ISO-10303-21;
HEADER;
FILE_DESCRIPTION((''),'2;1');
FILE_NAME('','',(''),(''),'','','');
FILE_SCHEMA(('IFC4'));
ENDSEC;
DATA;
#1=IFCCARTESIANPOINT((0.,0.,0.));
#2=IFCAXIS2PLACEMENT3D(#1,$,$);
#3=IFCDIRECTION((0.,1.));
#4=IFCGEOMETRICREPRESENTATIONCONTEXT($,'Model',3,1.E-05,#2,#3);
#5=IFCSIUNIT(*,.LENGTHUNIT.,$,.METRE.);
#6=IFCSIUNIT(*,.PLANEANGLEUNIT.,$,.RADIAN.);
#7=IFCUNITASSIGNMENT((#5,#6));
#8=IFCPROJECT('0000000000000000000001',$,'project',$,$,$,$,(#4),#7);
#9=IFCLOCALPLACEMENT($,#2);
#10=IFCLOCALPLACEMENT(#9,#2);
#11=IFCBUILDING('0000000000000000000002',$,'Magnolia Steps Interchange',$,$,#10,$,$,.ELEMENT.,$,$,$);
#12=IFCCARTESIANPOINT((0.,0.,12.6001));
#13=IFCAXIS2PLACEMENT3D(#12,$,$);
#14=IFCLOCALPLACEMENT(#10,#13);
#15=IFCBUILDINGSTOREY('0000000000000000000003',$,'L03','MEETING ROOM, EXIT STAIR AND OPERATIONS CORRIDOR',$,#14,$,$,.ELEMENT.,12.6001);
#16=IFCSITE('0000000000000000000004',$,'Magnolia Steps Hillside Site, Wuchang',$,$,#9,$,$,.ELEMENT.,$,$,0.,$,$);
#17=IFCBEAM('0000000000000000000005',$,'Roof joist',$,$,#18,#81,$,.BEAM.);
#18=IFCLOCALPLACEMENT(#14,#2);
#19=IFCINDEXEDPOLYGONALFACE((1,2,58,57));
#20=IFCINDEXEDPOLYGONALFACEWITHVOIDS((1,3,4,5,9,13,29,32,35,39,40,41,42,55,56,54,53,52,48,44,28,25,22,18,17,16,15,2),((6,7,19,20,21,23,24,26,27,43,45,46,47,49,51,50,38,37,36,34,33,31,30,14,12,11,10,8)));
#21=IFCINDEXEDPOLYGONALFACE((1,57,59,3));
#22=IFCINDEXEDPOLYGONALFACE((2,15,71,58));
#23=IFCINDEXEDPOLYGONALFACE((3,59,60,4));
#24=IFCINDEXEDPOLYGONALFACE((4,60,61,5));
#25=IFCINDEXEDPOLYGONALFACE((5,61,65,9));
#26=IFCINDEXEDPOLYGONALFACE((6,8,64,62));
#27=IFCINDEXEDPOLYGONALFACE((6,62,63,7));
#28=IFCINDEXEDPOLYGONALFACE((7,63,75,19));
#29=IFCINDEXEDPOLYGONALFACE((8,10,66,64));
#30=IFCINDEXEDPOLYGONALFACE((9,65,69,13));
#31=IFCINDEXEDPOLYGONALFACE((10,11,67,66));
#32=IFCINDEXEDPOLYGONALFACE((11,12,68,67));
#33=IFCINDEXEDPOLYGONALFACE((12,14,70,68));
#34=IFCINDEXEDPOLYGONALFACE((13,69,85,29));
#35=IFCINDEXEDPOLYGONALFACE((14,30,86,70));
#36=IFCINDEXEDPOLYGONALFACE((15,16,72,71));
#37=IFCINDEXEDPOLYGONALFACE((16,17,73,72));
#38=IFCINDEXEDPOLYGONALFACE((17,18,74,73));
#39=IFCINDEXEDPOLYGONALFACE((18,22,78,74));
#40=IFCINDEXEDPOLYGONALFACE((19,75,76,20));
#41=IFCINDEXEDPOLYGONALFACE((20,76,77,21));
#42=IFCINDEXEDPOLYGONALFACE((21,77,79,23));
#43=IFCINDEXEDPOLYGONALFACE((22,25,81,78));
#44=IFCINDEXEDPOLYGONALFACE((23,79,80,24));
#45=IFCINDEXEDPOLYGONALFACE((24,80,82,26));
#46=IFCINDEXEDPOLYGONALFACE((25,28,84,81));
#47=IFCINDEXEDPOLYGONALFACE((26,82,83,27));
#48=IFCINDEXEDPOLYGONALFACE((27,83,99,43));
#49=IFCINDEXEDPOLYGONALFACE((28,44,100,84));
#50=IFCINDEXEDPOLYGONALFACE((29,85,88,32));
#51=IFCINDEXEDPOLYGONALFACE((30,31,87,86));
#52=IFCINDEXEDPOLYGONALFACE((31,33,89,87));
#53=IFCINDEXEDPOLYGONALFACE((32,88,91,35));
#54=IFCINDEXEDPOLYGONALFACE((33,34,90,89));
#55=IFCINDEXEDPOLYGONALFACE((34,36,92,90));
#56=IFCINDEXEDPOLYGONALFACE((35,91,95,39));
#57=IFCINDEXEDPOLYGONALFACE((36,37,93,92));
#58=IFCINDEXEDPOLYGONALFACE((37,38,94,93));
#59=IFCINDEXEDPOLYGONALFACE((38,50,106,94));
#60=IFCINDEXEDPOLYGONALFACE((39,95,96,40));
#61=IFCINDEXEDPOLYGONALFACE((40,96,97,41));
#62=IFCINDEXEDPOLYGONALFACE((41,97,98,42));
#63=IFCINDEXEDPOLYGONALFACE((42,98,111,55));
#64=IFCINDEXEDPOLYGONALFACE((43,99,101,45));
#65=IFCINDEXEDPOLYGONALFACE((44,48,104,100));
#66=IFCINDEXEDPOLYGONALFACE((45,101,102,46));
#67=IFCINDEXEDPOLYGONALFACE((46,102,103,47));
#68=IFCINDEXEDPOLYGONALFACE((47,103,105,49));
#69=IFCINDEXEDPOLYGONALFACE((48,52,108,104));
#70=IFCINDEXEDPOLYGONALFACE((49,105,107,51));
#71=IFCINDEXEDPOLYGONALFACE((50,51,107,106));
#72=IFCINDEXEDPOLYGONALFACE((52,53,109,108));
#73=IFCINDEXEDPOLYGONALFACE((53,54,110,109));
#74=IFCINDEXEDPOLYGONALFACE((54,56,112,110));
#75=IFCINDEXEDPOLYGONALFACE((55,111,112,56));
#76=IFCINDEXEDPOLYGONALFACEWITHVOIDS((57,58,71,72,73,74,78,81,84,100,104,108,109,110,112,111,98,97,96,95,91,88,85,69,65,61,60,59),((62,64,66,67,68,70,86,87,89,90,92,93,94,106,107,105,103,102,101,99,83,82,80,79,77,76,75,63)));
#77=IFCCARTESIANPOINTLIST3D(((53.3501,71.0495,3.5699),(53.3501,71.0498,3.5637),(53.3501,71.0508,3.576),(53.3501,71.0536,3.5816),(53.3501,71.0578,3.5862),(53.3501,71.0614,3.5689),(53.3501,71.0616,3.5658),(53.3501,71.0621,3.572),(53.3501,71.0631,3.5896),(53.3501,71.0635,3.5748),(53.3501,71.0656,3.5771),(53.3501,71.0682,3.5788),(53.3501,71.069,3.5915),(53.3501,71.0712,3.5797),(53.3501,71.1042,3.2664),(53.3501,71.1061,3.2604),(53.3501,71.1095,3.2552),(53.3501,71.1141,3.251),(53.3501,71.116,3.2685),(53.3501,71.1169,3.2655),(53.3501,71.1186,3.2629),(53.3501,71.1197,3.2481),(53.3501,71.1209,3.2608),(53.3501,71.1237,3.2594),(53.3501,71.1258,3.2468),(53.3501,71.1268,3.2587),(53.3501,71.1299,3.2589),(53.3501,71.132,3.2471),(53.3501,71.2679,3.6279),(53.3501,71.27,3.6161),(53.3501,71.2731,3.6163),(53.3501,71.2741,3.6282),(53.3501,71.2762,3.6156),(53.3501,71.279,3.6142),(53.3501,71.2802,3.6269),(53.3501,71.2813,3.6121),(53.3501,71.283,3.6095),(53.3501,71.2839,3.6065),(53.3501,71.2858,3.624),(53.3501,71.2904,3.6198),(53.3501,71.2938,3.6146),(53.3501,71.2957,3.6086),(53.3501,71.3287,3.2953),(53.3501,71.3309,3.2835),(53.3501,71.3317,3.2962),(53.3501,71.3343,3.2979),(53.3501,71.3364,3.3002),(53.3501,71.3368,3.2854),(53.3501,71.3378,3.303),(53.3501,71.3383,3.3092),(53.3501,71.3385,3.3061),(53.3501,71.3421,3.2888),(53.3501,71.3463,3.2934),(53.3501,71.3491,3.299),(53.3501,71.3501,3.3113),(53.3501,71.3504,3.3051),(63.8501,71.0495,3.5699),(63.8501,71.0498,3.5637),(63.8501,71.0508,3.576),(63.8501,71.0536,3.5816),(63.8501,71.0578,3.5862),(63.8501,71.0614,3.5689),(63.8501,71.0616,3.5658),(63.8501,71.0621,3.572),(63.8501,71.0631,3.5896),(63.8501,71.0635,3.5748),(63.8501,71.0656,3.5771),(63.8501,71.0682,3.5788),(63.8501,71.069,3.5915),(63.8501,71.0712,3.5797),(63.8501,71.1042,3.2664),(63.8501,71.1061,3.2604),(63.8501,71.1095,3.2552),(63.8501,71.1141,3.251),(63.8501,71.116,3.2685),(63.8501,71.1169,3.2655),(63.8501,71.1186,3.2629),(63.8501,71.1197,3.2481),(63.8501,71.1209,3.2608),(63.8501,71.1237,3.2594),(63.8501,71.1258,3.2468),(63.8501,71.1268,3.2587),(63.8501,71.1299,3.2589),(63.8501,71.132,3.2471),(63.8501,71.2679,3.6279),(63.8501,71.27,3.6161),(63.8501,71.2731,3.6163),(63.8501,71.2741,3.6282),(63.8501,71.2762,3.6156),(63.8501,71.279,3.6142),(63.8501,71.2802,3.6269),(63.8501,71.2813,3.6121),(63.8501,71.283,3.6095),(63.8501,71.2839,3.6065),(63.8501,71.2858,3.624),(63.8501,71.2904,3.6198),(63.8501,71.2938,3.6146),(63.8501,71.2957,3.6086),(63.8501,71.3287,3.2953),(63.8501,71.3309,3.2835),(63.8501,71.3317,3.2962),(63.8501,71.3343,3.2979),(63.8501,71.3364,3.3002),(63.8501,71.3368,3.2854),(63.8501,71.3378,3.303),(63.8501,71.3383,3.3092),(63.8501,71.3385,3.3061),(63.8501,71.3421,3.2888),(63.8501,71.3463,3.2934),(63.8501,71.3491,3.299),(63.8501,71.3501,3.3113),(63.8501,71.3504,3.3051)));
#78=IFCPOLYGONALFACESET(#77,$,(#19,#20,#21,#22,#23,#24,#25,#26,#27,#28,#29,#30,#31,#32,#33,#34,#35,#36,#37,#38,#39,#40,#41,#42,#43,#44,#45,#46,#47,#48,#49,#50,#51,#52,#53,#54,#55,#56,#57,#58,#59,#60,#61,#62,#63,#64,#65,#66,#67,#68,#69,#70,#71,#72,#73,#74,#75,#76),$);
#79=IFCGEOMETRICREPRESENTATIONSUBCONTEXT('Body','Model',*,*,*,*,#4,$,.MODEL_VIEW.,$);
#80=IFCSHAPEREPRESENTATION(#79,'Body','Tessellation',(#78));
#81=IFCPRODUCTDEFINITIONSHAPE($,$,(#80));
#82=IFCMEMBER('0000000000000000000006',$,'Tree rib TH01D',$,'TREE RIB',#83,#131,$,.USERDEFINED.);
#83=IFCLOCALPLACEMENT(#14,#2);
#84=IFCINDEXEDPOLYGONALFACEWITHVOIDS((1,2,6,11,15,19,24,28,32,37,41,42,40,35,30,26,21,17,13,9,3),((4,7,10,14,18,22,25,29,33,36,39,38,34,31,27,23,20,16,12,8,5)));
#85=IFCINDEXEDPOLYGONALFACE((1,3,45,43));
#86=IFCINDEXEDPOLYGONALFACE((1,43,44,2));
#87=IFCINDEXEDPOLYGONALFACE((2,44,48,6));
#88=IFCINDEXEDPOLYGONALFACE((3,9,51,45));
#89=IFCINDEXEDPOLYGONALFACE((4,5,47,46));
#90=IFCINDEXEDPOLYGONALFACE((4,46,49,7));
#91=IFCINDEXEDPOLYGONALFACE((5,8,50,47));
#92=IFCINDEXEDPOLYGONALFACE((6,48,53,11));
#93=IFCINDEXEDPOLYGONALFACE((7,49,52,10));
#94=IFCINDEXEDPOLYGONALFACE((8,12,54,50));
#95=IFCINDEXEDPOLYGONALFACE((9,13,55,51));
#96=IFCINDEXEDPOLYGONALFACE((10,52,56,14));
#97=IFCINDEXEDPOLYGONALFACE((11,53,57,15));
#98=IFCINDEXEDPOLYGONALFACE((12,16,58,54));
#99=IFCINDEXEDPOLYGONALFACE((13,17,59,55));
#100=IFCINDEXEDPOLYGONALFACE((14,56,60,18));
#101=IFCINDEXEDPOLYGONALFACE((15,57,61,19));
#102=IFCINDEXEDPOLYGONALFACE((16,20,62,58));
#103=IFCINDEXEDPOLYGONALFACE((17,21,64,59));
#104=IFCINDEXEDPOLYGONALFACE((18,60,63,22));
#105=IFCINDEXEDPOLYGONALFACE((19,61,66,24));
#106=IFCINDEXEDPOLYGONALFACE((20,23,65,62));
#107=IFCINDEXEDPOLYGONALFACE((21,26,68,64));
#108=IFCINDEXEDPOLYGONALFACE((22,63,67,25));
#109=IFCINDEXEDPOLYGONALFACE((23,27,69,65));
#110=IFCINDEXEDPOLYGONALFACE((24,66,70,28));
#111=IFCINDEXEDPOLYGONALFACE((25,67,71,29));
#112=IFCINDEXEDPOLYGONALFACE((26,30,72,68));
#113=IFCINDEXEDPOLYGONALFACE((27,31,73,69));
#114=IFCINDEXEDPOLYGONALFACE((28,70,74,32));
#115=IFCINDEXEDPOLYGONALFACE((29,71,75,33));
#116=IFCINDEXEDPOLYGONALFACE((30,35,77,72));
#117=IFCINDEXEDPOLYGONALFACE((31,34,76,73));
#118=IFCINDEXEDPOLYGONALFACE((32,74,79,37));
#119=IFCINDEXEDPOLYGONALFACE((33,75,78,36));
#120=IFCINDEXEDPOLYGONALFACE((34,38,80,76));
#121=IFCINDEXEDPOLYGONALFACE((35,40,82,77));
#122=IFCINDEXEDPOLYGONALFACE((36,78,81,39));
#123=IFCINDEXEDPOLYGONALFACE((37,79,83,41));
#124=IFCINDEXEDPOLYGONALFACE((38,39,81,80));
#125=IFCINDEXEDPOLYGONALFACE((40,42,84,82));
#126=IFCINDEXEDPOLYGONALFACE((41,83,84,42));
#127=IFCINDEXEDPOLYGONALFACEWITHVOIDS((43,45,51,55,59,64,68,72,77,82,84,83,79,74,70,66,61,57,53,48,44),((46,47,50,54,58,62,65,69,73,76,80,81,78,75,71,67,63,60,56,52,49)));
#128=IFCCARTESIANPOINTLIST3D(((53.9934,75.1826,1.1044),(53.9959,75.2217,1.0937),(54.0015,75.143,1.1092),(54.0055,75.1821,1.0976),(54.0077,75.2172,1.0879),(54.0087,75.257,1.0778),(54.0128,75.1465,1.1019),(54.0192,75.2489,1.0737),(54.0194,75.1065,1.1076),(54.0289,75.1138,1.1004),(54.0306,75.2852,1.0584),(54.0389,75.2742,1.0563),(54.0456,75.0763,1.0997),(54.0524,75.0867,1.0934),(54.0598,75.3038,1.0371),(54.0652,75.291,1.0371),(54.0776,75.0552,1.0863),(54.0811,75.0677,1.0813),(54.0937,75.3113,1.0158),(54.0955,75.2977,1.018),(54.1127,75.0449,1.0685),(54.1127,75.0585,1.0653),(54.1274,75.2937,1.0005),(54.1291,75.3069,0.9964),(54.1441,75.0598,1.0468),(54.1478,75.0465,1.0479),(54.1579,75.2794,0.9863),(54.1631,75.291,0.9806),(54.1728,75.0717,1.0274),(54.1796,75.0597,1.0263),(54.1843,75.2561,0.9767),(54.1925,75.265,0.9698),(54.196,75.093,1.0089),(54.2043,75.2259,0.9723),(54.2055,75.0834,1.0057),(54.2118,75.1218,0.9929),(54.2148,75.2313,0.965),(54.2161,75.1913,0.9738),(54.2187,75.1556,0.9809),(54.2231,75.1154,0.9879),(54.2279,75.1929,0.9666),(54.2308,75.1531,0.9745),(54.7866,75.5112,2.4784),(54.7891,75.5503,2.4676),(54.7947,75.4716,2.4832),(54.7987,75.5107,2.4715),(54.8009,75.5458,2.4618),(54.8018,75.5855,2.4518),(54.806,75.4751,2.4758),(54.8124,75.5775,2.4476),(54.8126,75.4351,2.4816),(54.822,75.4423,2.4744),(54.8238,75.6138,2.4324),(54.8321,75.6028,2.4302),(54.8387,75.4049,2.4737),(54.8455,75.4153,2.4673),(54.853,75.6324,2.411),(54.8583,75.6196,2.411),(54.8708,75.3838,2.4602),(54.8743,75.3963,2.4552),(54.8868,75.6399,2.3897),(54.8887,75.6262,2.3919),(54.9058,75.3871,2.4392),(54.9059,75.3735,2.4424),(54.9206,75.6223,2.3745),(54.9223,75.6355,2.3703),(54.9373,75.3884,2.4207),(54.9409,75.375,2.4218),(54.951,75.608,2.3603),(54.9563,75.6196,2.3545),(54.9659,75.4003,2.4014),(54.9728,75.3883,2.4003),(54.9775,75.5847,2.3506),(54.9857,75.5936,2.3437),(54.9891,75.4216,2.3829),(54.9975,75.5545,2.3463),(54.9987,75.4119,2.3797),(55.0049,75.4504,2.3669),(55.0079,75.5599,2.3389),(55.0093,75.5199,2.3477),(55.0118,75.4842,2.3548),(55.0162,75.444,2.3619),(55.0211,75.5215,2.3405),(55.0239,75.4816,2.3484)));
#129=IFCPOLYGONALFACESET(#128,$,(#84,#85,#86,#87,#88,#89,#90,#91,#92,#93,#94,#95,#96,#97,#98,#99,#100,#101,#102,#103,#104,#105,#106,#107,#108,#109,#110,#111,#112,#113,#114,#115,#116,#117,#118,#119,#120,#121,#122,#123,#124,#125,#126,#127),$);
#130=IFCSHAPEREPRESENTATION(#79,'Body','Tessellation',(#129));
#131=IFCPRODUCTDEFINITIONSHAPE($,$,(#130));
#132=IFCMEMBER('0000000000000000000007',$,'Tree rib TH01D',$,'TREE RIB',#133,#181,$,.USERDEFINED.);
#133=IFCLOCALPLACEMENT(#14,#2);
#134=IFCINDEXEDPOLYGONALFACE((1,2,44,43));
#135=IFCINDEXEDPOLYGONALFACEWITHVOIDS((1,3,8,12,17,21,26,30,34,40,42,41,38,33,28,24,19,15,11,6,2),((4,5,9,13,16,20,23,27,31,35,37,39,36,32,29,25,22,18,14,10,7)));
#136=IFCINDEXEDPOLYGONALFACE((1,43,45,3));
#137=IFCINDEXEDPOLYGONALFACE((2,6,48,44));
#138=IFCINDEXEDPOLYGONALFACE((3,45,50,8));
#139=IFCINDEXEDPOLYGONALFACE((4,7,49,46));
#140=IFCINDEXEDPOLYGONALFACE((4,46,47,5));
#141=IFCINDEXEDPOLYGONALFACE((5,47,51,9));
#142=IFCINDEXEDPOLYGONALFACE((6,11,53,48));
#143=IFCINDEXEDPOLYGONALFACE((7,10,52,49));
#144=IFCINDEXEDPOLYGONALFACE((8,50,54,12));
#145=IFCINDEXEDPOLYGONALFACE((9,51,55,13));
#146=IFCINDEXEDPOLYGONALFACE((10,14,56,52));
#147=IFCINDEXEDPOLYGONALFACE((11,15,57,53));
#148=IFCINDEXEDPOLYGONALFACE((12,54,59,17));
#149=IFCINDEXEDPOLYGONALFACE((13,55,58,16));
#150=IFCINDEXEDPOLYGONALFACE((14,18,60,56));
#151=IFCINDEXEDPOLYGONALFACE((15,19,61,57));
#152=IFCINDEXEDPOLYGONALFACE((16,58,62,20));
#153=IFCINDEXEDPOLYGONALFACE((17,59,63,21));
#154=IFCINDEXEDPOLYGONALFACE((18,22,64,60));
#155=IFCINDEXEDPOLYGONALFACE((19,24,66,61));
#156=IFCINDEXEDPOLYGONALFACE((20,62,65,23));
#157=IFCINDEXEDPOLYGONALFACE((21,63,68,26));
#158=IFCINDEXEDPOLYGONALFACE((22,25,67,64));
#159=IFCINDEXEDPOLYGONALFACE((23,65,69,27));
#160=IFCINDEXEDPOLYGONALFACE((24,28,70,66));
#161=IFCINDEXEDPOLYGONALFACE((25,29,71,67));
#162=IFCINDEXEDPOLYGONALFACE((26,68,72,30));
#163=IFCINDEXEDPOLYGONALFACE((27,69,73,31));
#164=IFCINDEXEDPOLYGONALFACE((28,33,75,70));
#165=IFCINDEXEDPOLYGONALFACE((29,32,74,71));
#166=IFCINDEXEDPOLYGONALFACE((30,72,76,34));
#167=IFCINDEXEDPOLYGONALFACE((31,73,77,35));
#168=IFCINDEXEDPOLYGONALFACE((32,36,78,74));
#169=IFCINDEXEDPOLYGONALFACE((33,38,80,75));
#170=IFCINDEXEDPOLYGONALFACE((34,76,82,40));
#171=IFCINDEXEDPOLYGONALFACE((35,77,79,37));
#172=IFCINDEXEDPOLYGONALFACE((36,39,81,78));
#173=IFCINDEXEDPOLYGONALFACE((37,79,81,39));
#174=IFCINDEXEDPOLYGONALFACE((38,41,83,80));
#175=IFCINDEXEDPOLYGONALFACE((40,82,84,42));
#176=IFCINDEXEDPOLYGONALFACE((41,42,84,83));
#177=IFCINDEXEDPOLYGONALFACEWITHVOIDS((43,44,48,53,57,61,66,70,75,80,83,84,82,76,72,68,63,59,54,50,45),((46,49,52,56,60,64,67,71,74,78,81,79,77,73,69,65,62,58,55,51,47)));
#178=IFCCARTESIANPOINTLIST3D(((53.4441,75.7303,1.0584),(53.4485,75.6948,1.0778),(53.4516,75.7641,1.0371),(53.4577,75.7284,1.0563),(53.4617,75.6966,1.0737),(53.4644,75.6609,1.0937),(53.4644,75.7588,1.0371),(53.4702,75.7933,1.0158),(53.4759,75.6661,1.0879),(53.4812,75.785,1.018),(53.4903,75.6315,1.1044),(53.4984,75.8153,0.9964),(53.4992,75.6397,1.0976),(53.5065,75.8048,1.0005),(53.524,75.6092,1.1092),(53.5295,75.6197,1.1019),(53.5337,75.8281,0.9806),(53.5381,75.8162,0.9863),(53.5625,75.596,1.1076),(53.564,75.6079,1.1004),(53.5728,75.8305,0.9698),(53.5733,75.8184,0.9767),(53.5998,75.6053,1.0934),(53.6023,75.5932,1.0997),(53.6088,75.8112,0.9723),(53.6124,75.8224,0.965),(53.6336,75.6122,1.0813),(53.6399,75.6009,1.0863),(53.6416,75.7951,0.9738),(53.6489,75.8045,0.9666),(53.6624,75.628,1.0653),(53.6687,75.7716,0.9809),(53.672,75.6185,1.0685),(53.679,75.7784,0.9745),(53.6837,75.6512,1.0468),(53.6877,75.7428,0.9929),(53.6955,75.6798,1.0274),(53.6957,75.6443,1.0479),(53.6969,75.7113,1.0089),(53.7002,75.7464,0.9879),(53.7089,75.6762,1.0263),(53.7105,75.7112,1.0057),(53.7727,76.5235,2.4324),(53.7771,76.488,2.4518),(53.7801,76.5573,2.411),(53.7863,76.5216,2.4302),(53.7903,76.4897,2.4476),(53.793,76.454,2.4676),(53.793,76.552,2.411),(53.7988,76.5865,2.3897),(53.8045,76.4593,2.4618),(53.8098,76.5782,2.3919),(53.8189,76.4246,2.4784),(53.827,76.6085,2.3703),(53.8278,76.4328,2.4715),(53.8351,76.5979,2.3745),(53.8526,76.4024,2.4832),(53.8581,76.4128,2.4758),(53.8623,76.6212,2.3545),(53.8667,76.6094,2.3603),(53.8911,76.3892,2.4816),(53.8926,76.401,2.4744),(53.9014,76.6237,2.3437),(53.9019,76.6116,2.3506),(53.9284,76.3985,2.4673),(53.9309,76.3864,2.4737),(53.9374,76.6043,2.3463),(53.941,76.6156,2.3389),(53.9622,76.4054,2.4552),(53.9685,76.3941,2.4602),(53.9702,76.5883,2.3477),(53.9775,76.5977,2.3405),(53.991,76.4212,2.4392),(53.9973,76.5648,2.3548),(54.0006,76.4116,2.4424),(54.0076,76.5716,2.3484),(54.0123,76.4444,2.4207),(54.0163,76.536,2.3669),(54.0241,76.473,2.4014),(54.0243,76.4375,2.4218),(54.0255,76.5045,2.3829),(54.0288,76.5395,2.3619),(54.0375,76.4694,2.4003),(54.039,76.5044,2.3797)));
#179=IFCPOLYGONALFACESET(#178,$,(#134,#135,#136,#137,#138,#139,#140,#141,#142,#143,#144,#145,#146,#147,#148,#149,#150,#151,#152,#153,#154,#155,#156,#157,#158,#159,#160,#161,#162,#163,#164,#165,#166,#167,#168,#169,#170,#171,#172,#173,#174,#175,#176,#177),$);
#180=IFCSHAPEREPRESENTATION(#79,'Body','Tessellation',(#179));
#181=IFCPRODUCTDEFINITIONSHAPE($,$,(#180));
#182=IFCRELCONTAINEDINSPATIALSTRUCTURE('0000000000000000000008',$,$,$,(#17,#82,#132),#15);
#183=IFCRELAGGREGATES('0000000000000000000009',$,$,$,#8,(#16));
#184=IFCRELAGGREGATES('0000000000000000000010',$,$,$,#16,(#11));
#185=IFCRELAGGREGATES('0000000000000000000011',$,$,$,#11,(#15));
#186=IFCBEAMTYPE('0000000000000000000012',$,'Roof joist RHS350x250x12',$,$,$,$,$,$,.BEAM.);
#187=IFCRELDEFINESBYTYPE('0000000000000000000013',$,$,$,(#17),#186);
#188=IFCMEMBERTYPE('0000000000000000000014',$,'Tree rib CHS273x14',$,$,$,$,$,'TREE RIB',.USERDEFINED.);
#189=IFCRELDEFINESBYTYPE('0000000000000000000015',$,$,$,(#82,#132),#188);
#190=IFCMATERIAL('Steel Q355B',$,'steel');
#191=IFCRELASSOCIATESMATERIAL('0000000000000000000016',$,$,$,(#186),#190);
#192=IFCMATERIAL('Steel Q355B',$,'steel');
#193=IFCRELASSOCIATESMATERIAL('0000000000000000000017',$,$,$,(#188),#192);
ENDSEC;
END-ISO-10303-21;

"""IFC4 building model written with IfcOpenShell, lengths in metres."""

from ifc_helpers import new_model, si_unit, direction, frame, origin, origin_2d, place, context, subcontext, project, spatial, hollow_rectangle, hollow_circle, extrude, material, material_profile, profile_set, type_object, element, save


model = new_model("IFC4")

# Units and contexts
model_context = context("Model", 3, precision=1e-05, world=origin(), true_north=direction((0.0, 1.0)))
body_context = subcontext(model_context, "Body", "Model", "MODEL_VIEW")
ifc_project = project(units=[si_unit("LENGTHUNIT", "METRE"), si_unit("PLANEANGLEUNIT", "RADIAN")], contexts=[model_context])

# Site, building, storey
site_placement = place(None, origin())
site = spatial("IfcSite", under=ifc_project, at=site_placement, Name="Magnolia Steps Hillside Site, Wuchang", CompositionType="ELEMENT", RefElevation=0.0)
building_placement = place(site_placement, origin())
building = spatial("IfcBuilding", under=site, at=building_placement, Name="Magnolia Steps Interchange", CompositionType="ELEMENT")
storey_placement = place(building_placement, frame((0.0, 0.0, 12.6001)))
storey = spatial("IfcBuildingStorey", under=building, at=storey_placement, Name="L03", Description="MEETING ROOM, EXIT STAIR AND OPERATIONS CORRIDOR", CompositionType="ELEMENT", Elevation=12.6001)

# Beam
ifc_material_1 = material(Name="Steel Q355B", Category="steel")
ifc_material_profile_1 = material_profile(ifc_material_1, hollow_rectangle(XDim=0.25, YDim=0.3501, WallThickness=0.012, InnerFilletRadius=0.012, OuterFilletRadius=0.0239, at=origin_2d()), Name="RHS350x250x12")
ifc_profile_set_1 = profile_set([ifc_material_profile_1], Name="Steel Q355B")
beam_type_1 = type_object("IfcBeamType", Name="Roof joist RHS350x250x12", PredefinedType="BEAM", material=ifc_profile_set_1)
for number, where, z_axis, x_axis, name in (
    (1, (53.3501, 71.2, 3.4375), (1.0, 0.0, 0.0), (0.0, 0.983677, 0.179941), "Roof joist"),
):
    element("IfcBeam", number, at=place(storey_placement, frame(where, z_axis=z_axis, x_axis=x_axis)), inside=storey, type_object=beam_type_1, Name=name, PredefinedType="BEAM", context=body_context, shape_type="SweptSolid", body=[
        extrude(hollow_rectangle(XDim=0.25, YDim=0.3501, WallThickness=0.012, InnerFilletRadius=0.012, OuterFilletRadius=0.0239, at=origin_2d()), origin(), (0.0, 0.0, 1.0), 10.5),
    ])

# Members
ifc_material_2 = material(Name="Steel Q355B", Category="steel")
ifc_material_profile_2 = material_profile(ifc_material_2, hollow_circle(Radius=0.1365, WallThickness=0.0139, at=origin_2d()), Name="CHS273x14")
ifc_profile_set_2 = profile_set([ifc_material_profile_2], Name="Steel Q355B")
member_type = type_object("IfcMemberType", Name="Tree rib CHS273x14", ElementType="TREE RIB", PredefinedType="USERDEFINED", material=ifc_profile_set_2)
for number, where, z_axis, x_axis, name in (
    (2, (54.1121, 75.1777, 1.0371), (0.489571, 0.20282, 0.848047), (-0.382737, 0.923857, 0.0), "Tree rib TH01D"),
    (3, (53.5776, 75.7119, 1.0371), (0.20282, 0.489571, 0.848047), (-0.923857, 0.382737, 0.0), "Tree rib TH01D"),
):
    element("IfcMember", number, at=place(storey_placement, frame(where, z_axis=z_axis, x_axis=x_axis)), inside=storey, type_object=member_type, Name=name, ObjectType="TREE RIB", PredefinedType="USERDEFINED", context=body_context, shape_type="SweptSolid", body=[
        extrude(hollow_circle(Radius=0.1365, WallThickness=0.0139, at=origin_2d()), origin(), (0.0, 0.0, 1.0), 1.6201),
    ])

save(model, "model.ifc")
